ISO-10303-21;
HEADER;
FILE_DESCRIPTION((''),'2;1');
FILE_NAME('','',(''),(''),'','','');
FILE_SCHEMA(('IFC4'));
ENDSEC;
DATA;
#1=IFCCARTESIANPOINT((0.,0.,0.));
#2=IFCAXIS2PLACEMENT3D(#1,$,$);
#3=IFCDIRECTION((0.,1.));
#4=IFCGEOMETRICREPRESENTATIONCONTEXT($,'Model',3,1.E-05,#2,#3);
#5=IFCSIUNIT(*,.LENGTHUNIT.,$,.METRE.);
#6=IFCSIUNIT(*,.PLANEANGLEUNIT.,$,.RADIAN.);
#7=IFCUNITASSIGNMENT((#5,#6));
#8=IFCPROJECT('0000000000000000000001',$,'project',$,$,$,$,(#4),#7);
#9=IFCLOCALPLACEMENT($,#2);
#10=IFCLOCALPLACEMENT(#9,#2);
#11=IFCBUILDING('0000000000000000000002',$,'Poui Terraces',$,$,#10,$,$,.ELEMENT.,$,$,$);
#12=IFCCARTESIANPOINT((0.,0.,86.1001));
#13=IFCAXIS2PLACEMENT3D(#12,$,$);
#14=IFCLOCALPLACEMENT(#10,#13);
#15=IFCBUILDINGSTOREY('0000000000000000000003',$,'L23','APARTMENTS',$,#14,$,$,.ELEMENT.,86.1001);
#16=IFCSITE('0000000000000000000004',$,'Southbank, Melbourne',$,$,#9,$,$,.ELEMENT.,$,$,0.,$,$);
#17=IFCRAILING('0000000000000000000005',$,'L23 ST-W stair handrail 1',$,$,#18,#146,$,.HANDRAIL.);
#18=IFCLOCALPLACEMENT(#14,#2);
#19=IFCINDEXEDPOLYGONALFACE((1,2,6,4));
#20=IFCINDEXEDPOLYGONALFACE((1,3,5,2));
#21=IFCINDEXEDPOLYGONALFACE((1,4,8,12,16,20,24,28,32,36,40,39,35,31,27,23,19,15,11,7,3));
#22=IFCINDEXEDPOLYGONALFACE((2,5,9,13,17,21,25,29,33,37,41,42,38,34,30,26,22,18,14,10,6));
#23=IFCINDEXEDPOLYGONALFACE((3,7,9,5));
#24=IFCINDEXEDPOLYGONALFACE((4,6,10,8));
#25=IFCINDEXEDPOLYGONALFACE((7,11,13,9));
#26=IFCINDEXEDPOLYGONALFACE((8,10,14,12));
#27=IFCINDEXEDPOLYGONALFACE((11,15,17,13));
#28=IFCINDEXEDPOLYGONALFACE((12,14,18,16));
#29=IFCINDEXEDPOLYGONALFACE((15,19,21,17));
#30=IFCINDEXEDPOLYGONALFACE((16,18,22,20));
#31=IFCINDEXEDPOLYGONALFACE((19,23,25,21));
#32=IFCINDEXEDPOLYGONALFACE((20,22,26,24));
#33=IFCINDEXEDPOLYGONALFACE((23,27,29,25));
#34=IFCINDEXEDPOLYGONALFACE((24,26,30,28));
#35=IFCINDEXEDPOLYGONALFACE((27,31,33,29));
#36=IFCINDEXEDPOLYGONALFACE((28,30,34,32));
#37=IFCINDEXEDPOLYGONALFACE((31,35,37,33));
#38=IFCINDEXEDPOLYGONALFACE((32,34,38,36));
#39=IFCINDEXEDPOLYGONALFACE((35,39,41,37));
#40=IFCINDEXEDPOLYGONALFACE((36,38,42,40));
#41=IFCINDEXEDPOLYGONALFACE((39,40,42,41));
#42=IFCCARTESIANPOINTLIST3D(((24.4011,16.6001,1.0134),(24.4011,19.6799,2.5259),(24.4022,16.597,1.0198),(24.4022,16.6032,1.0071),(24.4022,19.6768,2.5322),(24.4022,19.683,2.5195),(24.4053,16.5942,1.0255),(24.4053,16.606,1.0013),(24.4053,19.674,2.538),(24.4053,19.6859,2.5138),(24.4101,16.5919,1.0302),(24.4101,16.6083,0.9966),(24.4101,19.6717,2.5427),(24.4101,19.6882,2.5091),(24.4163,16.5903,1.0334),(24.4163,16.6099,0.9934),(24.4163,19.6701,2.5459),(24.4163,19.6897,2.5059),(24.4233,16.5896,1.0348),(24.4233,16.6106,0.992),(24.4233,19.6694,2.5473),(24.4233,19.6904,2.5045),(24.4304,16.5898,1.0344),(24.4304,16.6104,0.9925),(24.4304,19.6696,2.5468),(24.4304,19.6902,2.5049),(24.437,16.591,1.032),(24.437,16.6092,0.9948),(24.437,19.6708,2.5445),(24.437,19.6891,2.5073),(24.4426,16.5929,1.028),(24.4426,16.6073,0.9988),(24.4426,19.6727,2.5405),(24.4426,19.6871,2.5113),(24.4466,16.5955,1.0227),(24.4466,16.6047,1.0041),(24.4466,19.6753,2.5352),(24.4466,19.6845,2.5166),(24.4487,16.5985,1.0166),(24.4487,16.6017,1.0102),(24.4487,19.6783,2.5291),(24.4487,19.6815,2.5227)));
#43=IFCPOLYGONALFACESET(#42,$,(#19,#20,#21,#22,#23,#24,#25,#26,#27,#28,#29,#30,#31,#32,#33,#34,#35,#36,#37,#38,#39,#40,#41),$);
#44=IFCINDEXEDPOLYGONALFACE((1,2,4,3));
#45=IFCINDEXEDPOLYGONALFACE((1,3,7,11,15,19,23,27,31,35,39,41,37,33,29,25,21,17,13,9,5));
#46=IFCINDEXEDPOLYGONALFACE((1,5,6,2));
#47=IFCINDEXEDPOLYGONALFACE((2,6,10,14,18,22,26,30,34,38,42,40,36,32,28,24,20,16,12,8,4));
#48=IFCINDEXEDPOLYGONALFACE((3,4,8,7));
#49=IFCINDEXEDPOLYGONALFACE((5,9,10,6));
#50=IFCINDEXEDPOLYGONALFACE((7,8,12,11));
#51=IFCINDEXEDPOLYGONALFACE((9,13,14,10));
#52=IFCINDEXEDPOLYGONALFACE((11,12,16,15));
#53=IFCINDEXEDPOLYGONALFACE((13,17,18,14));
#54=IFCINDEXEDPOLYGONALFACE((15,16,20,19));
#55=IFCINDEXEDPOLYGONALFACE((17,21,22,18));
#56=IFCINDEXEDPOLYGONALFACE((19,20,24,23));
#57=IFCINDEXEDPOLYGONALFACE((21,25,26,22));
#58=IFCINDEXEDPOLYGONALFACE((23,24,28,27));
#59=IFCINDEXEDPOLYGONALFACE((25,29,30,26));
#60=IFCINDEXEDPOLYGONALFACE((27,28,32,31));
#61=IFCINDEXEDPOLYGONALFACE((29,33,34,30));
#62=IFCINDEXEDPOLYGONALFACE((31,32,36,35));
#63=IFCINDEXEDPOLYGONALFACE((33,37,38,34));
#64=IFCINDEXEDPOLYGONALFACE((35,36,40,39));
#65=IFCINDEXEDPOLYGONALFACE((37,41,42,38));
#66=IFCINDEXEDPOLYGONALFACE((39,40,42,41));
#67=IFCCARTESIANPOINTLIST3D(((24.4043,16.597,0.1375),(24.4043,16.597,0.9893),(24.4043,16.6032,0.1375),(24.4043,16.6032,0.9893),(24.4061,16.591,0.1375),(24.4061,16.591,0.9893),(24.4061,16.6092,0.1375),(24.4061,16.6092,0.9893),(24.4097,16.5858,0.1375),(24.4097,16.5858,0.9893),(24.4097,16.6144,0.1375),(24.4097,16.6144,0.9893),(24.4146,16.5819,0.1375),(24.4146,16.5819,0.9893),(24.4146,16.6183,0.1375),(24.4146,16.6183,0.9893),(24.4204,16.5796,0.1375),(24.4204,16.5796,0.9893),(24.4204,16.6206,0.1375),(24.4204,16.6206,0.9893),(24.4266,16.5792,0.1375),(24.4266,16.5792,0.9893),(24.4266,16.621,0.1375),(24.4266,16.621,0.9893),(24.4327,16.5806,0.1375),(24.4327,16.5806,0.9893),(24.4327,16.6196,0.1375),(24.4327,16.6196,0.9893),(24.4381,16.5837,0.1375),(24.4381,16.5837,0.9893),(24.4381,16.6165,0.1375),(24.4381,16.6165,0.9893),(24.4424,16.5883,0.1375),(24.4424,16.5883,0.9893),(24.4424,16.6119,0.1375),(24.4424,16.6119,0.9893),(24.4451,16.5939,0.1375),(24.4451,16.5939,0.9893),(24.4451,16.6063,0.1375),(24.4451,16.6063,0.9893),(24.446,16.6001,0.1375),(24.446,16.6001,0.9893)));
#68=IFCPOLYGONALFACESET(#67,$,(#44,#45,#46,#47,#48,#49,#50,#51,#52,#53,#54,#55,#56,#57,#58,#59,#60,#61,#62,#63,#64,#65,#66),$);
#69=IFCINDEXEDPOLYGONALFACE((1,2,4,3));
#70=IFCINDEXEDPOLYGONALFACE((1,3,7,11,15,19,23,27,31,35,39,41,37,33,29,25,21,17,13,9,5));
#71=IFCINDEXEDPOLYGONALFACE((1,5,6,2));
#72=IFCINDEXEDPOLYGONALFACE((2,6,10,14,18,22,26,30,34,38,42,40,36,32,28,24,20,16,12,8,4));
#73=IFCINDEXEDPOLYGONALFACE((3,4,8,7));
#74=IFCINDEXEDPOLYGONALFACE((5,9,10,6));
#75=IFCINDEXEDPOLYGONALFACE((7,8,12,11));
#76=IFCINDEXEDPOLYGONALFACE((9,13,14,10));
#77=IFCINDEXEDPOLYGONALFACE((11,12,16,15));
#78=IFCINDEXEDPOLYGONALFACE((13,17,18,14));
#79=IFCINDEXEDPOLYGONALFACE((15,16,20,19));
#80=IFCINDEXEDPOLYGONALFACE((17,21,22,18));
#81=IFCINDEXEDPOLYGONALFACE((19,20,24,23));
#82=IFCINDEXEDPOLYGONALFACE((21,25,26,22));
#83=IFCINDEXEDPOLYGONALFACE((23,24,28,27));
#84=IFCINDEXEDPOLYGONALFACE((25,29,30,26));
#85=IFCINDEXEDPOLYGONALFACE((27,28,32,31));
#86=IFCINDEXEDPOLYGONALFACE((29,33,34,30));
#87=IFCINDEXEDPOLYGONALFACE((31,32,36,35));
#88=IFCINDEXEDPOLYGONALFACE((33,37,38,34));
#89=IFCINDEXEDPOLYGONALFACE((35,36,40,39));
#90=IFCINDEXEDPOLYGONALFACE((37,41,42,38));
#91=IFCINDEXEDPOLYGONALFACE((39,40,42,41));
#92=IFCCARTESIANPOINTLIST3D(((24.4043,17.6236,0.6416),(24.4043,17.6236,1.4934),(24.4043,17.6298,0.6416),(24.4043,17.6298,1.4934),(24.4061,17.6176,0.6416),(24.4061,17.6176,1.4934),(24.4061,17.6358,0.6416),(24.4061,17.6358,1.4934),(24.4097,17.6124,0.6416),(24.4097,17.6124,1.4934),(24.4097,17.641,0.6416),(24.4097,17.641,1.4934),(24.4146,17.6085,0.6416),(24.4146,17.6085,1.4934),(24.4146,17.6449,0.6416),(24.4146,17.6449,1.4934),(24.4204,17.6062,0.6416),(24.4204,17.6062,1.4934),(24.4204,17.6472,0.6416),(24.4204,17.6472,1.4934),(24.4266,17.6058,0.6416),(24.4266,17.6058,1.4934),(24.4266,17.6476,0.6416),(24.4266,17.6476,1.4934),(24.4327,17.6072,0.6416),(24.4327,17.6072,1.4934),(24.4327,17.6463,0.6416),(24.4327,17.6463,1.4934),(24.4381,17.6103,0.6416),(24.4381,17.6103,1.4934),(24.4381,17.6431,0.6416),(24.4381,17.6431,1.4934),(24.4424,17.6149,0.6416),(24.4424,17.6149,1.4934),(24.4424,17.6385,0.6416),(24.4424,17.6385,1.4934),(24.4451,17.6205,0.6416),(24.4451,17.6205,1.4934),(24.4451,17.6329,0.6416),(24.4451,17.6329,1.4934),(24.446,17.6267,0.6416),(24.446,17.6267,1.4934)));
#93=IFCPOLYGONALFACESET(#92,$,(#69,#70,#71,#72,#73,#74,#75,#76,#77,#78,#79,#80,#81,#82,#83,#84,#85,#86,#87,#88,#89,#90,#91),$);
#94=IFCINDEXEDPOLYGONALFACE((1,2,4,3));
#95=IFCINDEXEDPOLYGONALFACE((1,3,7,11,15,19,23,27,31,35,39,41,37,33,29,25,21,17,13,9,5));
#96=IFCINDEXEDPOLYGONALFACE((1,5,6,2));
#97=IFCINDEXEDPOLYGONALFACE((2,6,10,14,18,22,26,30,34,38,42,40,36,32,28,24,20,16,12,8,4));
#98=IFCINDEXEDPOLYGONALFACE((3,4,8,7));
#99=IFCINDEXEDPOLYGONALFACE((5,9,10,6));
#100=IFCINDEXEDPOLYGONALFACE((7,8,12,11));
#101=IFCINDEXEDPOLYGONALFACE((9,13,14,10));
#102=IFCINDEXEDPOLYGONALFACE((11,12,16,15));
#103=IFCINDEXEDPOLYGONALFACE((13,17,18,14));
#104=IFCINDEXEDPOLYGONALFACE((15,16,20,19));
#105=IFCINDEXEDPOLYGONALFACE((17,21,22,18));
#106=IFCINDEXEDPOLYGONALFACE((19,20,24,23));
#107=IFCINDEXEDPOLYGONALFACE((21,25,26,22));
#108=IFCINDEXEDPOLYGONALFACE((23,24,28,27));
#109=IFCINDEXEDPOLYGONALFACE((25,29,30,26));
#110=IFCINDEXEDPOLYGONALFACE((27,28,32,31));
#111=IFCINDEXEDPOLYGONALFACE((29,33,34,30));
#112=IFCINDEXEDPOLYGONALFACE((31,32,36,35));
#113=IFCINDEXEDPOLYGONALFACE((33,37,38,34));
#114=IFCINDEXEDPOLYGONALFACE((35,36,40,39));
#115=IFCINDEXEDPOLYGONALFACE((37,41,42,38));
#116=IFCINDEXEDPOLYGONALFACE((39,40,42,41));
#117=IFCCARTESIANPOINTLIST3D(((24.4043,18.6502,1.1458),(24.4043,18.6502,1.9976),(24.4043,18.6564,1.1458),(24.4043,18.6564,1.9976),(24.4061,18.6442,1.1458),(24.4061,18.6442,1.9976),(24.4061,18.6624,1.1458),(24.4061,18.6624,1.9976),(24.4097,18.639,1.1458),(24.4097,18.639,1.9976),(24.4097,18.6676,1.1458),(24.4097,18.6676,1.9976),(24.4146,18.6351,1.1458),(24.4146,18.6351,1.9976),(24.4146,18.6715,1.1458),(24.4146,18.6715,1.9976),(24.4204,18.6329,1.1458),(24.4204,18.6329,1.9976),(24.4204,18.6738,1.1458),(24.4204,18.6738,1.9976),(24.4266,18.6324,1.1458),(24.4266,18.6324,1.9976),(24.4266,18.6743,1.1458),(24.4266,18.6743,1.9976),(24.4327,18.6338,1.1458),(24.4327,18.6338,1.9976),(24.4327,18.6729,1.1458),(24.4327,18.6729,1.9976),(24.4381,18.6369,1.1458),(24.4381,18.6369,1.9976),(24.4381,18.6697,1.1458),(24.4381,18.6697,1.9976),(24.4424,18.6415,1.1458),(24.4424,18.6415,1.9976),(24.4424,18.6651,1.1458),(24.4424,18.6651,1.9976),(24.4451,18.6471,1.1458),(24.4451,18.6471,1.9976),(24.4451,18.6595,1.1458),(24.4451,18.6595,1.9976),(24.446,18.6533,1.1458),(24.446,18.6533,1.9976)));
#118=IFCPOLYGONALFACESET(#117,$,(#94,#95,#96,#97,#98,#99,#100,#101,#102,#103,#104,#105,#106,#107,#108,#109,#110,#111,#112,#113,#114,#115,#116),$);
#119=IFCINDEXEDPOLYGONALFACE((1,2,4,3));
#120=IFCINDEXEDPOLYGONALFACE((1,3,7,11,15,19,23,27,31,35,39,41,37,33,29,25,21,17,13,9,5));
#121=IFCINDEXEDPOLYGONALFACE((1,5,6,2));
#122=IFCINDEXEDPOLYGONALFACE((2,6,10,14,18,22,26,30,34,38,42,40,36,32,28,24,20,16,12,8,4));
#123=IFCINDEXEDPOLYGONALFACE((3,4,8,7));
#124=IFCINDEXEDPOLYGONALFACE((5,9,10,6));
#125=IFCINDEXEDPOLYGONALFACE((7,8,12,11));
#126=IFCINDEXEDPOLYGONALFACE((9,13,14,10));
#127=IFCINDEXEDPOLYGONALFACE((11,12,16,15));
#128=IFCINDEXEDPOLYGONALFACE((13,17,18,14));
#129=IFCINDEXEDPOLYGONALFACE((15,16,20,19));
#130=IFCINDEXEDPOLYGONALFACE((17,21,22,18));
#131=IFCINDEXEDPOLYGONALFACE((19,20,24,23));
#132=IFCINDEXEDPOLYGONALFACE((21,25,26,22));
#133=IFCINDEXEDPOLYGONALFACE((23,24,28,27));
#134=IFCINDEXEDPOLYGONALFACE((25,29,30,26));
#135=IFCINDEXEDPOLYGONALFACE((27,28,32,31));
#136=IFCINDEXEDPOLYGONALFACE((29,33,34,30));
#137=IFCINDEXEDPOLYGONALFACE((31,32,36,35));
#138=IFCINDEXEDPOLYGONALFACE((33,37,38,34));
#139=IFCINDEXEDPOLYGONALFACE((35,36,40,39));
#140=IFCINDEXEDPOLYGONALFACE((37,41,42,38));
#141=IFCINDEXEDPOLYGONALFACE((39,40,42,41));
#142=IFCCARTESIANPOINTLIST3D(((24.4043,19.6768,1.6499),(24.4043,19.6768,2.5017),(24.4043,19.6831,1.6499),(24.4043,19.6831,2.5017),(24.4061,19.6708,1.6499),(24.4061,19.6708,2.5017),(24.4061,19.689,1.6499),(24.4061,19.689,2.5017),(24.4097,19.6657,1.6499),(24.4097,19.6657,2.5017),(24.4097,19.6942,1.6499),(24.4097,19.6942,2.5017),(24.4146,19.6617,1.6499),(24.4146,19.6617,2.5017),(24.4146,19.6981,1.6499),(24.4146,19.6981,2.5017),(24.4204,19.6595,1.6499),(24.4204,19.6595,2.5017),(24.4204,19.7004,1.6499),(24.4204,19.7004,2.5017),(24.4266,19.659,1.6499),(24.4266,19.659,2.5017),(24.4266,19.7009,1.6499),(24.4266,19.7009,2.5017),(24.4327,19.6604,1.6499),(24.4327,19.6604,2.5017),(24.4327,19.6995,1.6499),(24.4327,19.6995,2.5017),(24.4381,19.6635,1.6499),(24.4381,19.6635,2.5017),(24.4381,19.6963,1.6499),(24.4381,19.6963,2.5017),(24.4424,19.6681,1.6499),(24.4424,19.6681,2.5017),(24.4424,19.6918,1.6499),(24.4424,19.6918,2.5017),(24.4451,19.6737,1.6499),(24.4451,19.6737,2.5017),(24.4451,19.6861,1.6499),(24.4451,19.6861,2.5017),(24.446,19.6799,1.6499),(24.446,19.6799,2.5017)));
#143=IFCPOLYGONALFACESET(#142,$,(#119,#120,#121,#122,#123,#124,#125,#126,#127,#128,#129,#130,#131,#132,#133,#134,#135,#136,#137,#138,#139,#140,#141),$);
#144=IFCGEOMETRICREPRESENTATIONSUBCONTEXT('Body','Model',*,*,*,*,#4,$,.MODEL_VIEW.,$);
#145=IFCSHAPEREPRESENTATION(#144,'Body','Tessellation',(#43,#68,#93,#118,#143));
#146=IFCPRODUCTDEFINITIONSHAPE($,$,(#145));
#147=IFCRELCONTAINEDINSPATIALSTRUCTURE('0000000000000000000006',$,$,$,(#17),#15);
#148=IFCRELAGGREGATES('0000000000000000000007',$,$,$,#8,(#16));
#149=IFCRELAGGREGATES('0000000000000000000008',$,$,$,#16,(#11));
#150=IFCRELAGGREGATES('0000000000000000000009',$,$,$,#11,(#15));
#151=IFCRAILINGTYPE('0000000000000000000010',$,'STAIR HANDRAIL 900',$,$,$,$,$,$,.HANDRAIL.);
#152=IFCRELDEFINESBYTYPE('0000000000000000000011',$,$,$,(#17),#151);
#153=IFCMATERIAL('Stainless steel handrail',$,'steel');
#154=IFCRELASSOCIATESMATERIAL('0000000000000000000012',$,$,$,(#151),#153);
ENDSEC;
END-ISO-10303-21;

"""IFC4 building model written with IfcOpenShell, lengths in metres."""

from ifc_helpers import new_model, si_unit, direction, frame, origin, origin_2d, place, context, subcontext, project, spatial, circle, extrude, material, type_object, element, save


model = new_model("IFC4")

# Units and contexts
model_context = context("Model", 3, precision=1e-05, world=origin(), true_north=direction((0.0, 1.0)))
body_context = subcontext(model_context, "Body", "Model", "MODEL_VIEW")
ifc_project = project(units=[si_unit("LENGTHUNIT", "METRE"), si_unit("PLANEANGLEUNIT", "RADIAN")], contexts=[model_context])

# Site, building, storey
site_placement = place(None, origin())
site = spatial("IfcSite", under=ifc_project, at=site_placement, Name="Southbank, Melbourne", CompositionType="ELEMENT", RefElevation=0.0)
building_placement = place(site_placement, origin())
building = spatial("IfcBuilding", under=site, at=building_placement, Name="Poui Terraces", CompositionType="ELEMENT")
storey_placement = place(building_placement, frame((0.0, 0.0, 86.1001)))
storey = spatial("IfcBuildingStorey", under=building, at=storey_placement, Name="L23", Description="APARTMENTS", CompositionType="ELEMENT", Elevation=86.1001)

# Railing
ifc_material_1 = material(Name="Stainless steel handrail", Category="steel")
railing_type_1 = type_object("IfcRailingType", Name="STAIR HANDRAIL 900", PredefinedType="HANDRAIL", material=ifc_material_1)
railing_1_placement = place(storey_placement, frame((24.425, 16.6001, 0.1375)))
element("IfcRailing", 1, at=railing_1_placement, inside=storey, type_object=railing_type_1, Name="L23 ST-W stair handrail 1", PredefinedType="HANDRAIL", context=body_context, shape_type="SweptSolid", body=[
    extrude(circle(Radius=0.0239, at=origin_2d()), frame((0.0, 0.0, 0.876), z_axis=(0.0, 0.897606, 0.440798), x_axis=(-1.0, 0.0, 0.0)), (0.0, 0.0, 1.0), 3.4312),
    extrude(circle(Radius=0.021, at=origin_2d()), origin(), (0.0, 0.0, 1.0), 0.8518),
    extrude(circle(Radius=0.021, at=origin_2d()), frame((0.0, 1.0266, 0.5042)), (0.0, 0.0, 1.0), 0.8518),
    extrude(circle(Radius=0.021, at=origin_2d()), frame((0.0, 2.0532, 1.0083)), (0.0, 0.0, 1.0), 0.8518),
    extrude(circle(Radius=0.021, at=origin_2d()), frame((0.0, 3.0798, 1.5125)), (0.0, 0.0, 1.0), 0.8518),
])

save(model, "model.ifc")
